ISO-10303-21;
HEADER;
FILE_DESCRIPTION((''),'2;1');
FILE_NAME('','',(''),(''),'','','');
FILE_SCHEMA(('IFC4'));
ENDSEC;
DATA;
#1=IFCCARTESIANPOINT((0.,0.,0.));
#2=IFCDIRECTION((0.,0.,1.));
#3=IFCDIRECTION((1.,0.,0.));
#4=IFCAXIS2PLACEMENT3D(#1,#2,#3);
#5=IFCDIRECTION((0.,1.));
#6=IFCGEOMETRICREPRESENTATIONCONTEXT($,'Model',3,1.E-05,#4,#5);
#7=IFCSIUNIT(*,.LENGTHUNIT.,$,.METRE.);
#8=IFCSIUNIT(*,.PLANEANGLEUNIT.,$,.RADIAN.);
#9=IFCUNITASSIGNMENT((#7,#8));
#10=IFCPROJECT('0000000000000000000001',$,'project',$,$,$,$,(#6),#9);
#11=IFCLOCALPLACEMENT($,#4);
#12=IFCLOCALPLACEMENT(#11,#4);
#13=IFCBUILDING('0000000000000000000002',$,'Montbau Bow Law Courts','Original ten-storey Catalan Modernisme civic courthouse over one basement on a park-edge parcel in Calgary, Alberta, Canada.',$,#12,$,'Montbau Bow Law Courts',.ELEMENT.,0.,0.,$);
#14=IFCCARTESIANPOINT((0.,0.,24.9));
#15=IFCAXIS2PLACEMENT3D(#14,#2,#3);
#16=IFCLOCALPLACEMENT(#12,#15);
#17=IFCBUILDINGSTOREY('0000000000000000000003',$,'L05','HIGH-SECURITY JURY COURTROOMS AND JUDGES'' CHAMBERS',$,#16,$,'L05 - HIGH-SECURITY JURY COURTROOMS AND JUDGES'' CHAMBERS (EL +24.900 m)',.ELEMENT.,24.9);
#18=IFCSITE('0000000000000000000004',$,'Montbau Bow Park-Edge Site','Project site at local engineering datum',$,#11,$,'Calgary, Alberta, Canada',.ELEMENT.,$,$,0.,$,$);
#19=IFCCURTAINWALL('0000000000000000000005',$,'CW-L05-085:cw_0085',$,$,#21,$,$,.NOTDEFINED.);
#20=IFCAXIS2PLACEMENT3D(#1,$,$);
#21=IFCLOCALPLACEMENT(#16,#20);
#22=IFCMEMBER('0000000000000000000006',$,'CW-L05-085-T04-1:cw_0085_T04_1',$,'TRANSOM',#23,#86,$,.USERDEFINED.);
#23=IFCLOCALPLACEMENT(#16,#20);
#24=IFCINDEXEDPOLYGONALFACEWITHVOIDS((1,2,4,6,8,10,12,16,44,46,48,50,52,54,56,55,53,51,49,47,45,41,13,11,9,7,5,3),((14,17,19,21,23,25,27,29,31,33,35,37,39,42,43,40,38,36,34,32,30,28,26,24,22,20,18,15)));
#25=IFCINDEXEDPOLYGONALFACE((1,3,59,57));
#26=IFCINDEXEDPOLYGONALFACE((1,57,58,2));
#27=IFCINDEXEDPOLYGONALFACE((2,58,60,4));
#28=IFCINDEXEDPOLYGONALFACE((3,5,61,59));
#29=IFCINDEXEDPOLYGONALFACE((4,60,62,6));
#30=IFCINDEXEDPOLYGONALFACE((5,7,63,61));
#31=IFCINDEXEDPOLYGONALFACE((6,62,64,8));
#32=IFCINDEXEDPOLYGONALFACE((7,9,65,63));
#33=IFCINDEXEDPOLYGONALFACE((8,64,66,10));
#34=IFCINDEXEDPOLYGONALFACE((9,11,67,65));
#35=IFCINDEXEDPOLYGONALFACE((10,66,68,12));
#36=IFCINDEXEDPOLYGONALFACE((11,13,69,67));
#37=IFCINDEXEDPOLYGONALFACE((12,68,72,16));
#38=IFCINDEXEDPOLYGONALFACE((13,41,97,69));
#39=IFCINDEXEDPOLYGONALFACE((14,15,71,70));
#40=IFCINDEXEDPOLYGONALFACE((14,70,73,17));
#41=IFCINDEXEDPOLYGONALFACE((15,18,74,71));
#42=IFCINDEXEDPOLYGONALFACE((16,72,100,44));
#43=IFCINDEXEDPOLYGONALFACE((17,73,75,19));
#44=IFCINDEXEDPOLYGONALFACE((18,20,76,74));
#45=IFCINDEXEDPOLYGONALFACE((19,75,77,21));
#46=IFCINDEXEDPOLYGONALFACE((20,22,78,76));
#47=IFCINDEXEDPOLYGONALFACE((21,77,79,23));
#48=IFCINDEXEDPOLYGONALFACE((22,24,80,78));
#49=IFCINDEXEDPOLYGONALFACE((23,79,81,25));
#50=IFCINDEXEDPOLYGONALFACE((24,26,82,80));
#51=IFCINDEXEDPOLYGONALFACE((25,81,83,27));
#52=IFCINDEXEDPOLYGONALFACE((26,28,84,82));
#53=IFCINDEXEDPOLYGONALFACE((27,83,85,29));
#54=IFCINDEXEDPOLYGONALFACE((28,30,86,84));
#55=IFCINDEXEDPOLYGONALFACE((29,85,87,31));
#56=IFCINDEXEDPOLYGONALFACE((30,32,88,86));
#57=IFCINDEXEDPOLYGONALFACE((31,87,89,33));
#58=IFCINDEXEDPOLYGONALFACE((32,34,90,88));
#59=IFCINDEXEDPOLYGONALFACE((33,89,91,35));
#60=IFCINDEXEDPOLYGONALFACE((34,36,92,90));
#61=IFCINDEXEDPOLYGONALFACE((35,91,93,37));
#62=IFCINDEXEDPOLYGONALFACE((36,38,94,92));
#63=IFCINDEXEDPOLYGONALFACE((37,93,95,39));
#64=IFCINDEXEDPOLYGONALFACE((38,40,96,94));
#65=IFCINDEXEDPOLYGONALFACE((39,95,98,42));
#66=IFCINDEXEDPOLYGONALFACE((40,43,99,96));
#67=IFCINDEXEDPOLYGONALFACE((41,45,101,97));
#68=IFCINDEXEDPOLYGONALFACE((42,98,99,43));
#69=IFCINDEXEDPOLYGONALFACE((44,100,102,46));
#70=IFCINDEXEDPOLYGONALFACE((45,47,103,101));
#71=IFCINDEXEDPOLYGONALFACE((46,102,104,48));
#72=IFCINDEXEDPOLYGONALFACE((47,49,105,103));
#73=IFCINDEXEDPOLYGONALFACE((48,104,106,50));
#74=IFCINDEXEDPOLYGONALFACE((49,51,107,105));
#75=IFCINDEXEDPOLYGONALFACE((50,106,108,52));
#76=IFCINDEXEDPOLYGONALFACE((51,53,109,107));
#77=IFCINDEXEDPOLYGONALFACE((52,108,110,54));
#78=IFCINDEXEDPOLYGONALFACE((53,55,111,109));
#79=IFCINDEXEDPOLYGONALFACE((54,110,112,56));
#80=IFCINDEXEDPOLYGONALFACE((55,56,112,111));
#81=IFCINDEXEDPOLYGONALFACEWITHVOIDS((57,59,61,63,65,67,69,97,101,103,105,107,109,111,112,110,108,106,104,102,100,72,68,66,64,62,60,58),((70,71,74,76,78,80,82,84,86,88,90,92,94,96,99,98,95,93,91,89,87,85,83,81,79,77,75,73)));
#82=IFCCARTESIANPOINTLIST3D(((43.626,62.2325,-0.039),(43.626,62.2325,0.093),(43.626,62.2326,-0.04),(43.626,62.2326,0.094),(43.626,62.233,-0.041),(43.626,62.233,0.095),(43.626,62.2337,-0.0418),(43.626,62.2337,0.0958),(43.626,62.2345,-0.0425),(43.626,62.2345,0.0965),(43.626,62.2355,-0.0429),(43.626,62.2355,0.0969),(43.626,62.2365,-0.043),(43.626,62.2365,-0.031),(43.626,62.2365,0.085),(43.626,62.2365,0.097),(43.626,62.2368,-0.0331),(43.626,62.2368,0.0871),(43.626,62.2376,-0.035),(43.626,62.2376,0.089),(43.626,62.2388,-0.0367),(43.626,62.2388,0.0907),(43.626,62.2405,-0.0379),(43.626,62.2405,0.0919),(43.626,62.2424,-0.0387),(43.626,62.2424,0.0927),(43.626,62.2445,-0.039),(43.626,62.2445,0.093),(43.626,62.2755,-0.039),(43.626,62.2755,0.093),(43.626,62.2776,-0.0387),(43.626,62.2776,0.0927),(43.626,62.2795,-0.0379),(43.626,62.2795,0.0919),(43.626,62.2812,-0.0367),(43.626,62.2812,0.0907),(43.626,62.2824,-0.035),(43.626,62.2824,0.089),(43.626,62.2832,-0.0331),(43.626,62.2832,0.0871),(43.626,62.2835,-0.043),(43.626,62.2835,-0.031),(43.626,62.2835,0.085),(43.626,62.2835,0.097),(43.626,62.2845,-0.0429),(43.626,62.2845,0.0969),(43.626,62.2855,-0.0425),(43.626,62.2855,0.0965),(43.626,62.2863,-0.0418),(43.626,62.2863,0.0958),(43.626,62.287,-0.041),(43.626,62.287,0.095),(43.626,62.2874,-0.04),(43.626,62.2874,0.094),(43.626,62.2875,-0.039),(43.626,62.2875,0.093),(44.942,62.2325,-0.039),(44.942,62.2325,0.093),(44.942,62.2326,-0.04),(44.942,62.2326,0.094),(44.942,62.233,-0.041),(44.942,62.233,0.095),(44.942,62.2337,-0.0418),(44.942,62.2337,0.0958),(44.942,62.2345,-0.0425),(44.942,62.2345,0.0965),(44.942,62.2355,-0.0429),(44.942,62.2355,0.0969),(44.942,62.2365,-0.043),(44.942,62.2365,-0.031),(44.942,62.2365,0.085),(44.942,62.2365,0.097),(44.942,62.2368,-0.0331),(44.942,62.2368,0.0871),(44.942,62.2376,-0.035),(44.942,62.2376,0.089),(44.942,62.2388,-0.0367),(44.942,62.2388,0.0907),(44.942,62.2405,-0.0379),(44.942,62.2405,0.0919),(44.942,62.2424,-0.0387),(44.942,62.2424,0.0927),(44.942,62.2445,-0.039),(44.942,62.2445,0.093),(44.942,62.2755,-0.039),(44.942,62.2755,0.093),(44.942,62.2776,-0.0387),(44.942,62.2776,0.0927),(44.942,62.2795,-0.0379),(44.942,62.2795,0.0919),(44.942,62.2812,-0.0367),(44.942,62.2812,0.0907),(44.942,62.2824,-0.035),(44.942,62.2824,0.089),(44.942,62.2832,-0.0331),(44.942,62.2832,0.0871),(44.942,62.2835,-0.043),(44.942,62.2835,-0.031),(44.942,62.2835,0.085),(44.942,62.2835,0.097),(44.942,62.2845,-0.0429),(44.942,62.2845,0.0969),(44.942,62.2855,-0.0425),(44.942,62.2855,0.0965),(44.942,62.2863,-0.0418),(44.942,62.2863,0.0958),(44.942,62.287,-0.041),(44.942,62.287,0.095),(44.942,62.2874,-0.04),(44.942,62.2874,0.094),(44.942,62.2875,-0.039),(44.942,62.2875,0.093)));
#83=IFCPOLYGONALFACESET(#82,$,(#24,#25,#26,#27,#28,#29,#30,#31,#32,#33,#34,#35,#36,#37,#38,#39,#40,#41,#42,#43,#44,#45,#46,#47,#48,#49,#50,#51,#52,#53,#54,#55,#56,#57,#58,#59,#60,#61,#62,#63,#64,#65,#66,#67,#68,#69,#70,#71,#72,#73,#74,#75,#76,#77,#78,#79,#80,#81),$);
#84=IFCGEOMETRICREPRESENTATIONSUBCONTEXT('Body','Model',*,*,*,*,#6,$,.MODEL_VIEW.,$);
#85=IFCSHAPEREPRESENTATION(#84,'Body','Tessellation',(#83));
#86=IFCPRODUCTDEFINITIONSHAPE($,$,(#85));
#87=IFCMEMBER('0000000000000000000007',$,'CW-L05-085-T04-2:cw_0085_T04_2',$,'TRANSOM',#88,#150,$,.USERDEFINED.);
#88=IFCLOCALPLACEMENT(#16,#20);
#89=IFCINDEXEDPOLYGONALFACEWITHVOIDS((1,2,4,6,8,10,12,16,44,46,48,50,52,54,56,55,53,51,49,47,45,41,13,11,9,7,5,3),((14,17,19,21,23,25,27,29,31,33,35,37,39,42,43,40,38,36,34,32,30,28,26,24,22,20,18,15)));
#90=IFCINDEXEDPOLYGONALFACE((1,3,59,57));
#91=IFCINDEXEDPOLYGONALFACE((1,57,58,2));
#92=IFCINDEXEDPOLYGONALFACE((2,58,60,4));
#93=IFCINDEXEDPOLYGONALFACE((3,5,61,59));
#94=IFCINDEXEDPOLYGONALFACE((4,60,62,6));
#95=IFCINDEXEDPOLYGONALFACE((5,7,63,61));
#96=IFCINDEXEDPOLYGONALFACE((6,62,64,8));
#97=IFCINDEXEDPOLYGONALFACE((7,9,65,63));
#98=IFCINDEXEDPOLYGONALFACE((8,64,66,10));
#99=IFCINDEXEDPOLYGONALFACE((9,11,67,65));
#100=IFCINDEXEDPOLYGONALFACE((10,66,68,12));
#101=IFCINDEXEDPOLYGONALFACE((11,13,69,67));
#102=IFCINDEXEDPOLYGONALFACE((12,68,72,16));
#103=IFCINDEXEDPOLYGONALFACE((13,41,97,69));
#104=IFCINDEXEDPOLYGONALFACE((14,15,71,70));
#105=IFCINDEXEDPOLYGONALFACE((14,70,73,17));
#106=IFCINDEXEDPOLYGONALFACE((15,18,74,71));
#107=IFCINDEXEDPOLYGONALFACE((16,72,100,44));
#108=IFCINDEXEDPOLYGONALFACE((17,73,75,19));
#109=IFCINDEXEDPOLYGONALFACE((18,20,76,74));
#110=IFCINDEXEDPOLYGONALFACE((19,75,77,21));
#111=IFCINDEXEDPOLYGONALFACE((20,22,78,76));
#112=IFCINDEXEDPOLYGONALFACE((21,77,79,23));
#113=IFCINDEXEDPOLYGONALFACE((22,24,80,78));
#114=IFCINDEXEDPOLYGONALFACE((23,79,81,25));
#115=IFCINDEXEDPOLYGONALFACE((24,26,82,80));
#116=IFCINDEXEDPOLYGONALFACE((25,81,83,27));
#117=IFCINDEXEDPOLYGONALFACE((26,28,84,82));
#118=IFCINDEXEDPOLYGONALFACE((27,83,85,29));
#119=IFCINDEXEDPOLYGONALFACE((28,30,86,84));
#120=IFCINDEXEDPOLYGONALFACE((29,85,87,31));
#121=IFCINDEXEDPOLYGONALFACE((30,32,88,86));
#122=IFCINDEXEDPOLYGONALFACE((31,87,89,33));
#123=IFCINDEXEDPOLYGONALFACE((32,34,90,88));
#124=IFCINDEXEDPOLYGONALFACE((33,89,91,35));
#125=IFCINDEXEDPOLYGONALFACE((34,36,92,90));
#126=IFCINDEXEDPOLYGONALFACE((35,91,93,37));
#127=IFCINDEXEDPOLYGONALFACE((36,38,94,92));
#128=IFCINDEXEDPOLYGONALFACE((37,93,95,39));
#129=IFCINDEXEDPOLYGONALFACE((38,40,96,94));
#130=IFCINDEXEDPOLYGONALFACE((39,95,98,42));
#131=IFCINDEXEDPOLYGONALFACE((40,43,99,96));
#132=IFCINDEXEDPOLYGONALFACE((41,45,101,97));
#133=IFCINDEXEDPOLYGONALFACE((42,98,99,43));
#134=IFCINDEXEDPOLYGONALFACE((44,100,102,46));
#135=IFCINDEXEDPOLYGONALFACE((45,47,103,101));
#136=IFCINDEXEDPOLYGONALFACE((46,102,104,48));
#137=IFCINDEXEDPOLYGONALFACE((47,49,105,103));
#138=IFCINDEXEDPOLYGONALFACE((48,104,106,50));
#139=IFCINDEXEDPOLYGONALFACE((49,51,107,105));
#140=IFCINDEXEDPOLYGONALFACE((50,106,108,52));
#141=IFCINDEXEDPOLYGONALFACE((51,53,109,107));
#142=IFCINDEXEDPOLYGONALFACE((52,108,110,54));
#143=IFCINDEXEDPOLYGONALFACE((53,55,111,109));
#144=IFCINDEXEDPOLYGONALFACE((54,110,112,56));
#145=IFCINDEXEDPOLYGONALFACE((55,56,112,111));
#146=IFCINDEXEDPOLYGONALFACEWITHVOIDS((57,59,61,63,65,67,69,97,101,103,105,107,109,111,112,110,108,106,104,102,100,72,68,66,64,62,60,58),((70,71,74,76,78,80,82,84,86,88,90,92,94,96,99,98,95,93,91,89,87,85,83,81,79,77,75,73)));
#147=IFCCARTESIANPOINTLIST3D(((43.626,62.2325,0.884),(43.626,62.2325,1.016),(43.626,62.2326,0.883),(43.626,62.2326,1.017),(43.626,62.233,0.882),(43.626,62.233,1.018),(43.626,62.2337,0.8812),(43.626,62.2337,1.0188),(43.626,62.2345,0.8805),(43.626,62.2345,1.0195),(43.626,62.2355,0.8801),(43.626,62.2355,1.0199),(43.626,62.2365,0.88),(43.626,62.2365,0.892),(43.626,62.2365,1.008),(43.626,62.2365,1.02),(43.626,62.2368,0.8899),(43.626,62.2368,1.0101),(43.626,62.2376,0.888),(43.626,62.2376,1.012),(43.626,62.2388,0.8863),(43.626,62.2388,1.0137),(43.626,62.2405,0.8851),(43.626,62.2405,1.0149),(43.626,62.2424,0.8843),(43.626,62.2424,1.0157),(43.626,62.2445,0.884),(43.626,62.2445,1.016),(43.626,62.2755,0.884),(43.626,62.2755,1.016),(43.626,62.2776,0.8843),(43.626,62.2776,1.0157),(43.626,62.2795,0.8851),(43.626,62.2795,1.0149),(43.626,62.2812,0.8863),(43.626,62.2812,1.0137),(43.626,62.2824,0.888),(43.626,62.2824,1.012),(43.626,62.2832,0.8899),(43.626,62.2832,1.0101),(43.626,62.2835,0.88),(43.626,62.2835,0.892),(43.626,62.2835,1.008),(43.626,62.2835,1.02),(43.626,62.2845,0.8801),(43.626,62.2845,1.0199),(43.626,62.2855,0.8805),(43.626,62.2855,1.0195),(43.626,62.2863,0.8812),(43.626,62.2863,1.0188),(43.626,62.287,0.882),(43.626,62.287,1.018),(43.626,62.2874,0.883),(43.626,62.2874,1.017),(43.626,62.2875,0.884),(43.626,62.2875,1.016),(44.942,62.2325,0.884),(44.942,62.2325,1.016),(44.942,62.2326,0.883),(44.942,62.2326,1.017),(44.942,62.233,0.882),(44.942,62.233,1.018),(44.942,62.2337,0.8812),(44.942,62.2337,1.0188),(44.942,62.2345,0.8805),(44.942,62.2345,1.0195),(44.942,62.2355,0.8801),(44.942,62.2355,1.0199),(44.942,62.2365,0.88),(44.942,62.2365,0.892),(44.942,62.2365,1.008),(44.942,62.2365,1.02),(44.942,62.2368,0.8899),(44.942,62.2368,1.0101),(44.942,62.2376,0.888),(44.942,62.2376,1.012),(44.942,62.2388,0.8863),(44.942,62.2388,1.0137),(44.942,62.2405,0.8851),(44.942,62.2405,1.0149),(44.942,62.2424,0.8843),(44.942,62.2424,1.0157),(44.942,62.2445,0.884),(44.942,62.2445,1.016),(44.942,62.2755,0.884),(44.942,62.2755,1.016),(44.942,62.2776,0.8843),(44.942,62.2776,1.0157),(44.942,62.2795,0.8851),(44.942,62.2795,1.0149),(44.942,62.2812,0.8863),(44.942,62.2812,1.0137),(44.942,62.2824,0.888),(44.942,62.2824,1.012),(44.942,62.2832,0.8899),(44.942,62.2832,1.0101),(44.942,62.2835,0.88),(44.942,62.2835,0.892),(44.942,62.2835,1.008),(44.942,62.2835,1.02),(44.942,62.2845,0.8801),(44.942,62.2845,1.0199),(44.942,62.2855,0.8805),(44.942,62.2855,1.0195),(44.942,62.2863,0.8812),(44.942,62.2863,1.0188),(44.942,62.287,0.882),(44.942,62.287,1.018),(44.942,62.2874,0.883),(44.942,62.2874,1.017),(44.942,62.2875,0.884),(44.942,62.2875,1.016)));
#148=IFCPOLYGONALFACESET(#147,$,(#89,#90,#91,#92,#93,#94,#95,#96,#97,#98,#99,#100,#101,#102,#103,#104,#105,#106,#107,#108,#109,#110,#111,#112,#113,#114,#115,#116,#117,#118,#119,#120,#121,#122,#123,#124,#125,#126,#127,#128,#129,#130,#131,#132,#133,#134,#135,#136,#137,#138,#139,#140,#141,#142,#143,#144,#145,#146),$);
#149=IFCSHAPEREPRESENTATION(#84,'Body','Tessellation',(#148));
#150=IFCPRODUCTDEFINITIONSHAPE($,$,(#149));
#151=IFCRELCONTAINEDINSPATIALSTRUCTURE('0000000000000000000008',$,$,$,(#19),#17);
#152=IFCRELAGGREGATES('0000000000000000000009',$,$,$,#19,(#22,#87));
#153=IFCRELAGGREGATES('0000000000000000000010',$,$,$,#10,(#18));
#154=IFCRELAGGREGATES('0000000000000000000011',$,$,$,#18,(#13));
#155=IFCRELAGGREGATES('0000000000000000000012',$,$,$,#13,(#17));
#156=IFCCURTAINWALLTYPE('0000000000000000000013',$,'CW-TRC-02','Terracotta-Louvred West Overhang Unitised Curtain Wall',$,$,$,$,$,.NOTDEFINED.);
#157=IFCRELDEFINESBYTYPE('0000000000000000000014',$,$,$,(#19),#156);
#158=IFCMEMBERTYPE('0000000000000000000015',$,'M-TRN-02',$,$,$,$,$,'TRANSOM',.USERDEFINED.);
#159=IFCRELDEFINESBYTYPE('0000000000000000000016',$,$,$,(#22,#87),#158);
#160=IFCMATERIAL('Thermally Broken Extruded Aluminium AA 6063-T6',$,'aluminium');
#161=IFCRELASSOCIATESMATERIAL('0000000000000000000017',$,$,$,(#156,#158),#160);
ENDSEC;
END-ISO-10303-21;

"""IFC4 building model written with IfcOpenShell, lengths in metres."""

from ifc_helpers import new_model, si_unit, direction, frame, origin_with_axes, origin_2d_with_axis, place, context, subcontext, project, spatial, hollow_rectangle, extrude, material, material_profile, profile_set, type_object, element, aggregate, save


model = new_model("IFC4")

# Units and contexts
model_context = context("Model", 3, precision=1e-05, world=origin_with_axes(), true_north=direction((0.0, 1.0)))
body_context = subcontext(model_context, "Body", "Model", "MODEL_VIEW")
ifc_project = project(units=[si_unit("LENGTHUNIT", "METRE"), si_unit("PLANEANGLEUNIT", "RADIAN")], contexts=[model_context])

# Site, building, storey
site_placement = place(None, origin_with_axes())
site = spatial("IfcSite", under=ifc_project, at=site_placement, Name="Montbau Bow Park-Edge Site", Description="Project site at local engineering datum", LongName="Calgary, Alberta, Canada", CompositionType="ELEMENT", RefElevation=0.0)
building_placement = place(site_placement, origin_with_axes())
building = spatial("IfcBuilding", under=site, at=building_placement, Name="Montbau Bow Law Courts", Description="Original ten-storey Catalan Modernisme civic courthouse over one basement on a park-edge parcel in Calgary, Alberta, Canada.", LongName="Montbau Bow Law Courts", CompositionType="ELEMENT", ElevationOfRefHeight=0.0, ElevationOfTerrain=0.0)
storey_placement = place(building_placement, frame((0.0, 0.0, 24.9), z_axis=(0.0, 0.0, 1.0), x_axis=(1.0, 0.0, 0.0)))
storey = spatial("IfcBuildingStorey", under=building, at=storey_placement, Name="L05", Description="HIGH-SECURITY JURY COURTROOMS AND JUDGES' CHAMBERS", LongName="L05 - HIGH-SECURITY JURY COURTROOMS AND JUDGES' CHAMBERS (EL +24.900 m)", CompositionType="ELEMENT", Elevation=24.9)

# Curtain wall, members
ifc_material_1 = material(Name="Thermally Broken Extruded Aluminium AA 6063-T6", Category="aluminium")
curtain_wall_type = type_object("IfcCurtainWallType", Name="CW-TRC-02", Description="Terracotta-Louvred West Overhang Unitised Curtain Wall", PredefinedType="NOTDEFINED", material=ifc_material_1)
curtain_wall_placement = place(None, frame((39.44, 62.26, 24.9), z_axis=(0.0, 0.0, 1.0), x_axis=(1.0, 0.0, 0.0)))
curtain_wall = element("IfcCurtainWall", 1, at=curtain_wall_placement, inside=storey, type_object=curtain_wall_type, Name="CW-L05-085:cw_0085", PredefinedType="NOTDEFINED")
ifc_material_profile_1 = material_profile(ifc_material_1, hollow_rectangle(XDim=0.055, YDim=0.14, WallThickness=0.004, InnerFilletRadius=0.008, OuterFilletRadius=0.004, at=origin_2d_with_axis()), Name="CWT-140X55", Category="Main", Priority=0)
ifc_profile_set_1 = profile_set([ifc_material_profile_1], Name="Thermally Broken Extruded Aluminium AA 6063-T6")
member_type_1 = type_object("IfcMemberType", Name="M-TRN-02", ElementType="TRANSOM", PredefinedType="USERDEFINED", material=ifc_profile_set_1)
member_1_placement = place(None, frame((43.626, 62.26, 24.927), z_axis=(1.0, 0.0, 0.0), x_axis=(0.0, 1.0, 0.0)))
member_1 = element("IfcMember", 2, at=member_1_placement, type_object=member_type_1, Name="CW-L05-085-T04-1:cw_0085_T04_1", ObjectType="TRANSOM", PredefinedType="USERDEFINED", context=body_context, shape_type="SweptSolid", body=[
    extrude(hollow_rectangle(XDim=0.055, YDim=0.14, WallThickness=0.004, InnerFilletRadius=0.008, OuterFilletRadius=0.004, at=origin_2d_with_axis()), origin_with_axes(), (0.0, 0.0, 1.0), 1.316),
])
member_2_placement = place(None, frame((43.626, 62.26, 25.85), z_axis=(1.0, 0.0, 0.0), x_axis=(0.0, 1.0, 0.0)))
member_2 = element("IfcMember", 3, at=member_2_placement, type_object=member_type_1, Name="CW-L05-085-T04-2:cw_0085_T04_2", ObjectType="TRANSOM", PredefinedType="USERDEFINED", context=body_context, shape_type="SweptSolid", body=[
    extrude(hollow_rectangle(XDim=0.055, YDim=0.14, WallThickness=0.004, InnerFilletRadius=0.008, OuterFilletRadius=0.004, at=origin_2d_with_axis()), origin_with_axes(), (0.0, 0.0, 1.0), 1.316),
])
aggregate(curtain_wall, [member_1, member_2])

save(model, "model.ifc")
